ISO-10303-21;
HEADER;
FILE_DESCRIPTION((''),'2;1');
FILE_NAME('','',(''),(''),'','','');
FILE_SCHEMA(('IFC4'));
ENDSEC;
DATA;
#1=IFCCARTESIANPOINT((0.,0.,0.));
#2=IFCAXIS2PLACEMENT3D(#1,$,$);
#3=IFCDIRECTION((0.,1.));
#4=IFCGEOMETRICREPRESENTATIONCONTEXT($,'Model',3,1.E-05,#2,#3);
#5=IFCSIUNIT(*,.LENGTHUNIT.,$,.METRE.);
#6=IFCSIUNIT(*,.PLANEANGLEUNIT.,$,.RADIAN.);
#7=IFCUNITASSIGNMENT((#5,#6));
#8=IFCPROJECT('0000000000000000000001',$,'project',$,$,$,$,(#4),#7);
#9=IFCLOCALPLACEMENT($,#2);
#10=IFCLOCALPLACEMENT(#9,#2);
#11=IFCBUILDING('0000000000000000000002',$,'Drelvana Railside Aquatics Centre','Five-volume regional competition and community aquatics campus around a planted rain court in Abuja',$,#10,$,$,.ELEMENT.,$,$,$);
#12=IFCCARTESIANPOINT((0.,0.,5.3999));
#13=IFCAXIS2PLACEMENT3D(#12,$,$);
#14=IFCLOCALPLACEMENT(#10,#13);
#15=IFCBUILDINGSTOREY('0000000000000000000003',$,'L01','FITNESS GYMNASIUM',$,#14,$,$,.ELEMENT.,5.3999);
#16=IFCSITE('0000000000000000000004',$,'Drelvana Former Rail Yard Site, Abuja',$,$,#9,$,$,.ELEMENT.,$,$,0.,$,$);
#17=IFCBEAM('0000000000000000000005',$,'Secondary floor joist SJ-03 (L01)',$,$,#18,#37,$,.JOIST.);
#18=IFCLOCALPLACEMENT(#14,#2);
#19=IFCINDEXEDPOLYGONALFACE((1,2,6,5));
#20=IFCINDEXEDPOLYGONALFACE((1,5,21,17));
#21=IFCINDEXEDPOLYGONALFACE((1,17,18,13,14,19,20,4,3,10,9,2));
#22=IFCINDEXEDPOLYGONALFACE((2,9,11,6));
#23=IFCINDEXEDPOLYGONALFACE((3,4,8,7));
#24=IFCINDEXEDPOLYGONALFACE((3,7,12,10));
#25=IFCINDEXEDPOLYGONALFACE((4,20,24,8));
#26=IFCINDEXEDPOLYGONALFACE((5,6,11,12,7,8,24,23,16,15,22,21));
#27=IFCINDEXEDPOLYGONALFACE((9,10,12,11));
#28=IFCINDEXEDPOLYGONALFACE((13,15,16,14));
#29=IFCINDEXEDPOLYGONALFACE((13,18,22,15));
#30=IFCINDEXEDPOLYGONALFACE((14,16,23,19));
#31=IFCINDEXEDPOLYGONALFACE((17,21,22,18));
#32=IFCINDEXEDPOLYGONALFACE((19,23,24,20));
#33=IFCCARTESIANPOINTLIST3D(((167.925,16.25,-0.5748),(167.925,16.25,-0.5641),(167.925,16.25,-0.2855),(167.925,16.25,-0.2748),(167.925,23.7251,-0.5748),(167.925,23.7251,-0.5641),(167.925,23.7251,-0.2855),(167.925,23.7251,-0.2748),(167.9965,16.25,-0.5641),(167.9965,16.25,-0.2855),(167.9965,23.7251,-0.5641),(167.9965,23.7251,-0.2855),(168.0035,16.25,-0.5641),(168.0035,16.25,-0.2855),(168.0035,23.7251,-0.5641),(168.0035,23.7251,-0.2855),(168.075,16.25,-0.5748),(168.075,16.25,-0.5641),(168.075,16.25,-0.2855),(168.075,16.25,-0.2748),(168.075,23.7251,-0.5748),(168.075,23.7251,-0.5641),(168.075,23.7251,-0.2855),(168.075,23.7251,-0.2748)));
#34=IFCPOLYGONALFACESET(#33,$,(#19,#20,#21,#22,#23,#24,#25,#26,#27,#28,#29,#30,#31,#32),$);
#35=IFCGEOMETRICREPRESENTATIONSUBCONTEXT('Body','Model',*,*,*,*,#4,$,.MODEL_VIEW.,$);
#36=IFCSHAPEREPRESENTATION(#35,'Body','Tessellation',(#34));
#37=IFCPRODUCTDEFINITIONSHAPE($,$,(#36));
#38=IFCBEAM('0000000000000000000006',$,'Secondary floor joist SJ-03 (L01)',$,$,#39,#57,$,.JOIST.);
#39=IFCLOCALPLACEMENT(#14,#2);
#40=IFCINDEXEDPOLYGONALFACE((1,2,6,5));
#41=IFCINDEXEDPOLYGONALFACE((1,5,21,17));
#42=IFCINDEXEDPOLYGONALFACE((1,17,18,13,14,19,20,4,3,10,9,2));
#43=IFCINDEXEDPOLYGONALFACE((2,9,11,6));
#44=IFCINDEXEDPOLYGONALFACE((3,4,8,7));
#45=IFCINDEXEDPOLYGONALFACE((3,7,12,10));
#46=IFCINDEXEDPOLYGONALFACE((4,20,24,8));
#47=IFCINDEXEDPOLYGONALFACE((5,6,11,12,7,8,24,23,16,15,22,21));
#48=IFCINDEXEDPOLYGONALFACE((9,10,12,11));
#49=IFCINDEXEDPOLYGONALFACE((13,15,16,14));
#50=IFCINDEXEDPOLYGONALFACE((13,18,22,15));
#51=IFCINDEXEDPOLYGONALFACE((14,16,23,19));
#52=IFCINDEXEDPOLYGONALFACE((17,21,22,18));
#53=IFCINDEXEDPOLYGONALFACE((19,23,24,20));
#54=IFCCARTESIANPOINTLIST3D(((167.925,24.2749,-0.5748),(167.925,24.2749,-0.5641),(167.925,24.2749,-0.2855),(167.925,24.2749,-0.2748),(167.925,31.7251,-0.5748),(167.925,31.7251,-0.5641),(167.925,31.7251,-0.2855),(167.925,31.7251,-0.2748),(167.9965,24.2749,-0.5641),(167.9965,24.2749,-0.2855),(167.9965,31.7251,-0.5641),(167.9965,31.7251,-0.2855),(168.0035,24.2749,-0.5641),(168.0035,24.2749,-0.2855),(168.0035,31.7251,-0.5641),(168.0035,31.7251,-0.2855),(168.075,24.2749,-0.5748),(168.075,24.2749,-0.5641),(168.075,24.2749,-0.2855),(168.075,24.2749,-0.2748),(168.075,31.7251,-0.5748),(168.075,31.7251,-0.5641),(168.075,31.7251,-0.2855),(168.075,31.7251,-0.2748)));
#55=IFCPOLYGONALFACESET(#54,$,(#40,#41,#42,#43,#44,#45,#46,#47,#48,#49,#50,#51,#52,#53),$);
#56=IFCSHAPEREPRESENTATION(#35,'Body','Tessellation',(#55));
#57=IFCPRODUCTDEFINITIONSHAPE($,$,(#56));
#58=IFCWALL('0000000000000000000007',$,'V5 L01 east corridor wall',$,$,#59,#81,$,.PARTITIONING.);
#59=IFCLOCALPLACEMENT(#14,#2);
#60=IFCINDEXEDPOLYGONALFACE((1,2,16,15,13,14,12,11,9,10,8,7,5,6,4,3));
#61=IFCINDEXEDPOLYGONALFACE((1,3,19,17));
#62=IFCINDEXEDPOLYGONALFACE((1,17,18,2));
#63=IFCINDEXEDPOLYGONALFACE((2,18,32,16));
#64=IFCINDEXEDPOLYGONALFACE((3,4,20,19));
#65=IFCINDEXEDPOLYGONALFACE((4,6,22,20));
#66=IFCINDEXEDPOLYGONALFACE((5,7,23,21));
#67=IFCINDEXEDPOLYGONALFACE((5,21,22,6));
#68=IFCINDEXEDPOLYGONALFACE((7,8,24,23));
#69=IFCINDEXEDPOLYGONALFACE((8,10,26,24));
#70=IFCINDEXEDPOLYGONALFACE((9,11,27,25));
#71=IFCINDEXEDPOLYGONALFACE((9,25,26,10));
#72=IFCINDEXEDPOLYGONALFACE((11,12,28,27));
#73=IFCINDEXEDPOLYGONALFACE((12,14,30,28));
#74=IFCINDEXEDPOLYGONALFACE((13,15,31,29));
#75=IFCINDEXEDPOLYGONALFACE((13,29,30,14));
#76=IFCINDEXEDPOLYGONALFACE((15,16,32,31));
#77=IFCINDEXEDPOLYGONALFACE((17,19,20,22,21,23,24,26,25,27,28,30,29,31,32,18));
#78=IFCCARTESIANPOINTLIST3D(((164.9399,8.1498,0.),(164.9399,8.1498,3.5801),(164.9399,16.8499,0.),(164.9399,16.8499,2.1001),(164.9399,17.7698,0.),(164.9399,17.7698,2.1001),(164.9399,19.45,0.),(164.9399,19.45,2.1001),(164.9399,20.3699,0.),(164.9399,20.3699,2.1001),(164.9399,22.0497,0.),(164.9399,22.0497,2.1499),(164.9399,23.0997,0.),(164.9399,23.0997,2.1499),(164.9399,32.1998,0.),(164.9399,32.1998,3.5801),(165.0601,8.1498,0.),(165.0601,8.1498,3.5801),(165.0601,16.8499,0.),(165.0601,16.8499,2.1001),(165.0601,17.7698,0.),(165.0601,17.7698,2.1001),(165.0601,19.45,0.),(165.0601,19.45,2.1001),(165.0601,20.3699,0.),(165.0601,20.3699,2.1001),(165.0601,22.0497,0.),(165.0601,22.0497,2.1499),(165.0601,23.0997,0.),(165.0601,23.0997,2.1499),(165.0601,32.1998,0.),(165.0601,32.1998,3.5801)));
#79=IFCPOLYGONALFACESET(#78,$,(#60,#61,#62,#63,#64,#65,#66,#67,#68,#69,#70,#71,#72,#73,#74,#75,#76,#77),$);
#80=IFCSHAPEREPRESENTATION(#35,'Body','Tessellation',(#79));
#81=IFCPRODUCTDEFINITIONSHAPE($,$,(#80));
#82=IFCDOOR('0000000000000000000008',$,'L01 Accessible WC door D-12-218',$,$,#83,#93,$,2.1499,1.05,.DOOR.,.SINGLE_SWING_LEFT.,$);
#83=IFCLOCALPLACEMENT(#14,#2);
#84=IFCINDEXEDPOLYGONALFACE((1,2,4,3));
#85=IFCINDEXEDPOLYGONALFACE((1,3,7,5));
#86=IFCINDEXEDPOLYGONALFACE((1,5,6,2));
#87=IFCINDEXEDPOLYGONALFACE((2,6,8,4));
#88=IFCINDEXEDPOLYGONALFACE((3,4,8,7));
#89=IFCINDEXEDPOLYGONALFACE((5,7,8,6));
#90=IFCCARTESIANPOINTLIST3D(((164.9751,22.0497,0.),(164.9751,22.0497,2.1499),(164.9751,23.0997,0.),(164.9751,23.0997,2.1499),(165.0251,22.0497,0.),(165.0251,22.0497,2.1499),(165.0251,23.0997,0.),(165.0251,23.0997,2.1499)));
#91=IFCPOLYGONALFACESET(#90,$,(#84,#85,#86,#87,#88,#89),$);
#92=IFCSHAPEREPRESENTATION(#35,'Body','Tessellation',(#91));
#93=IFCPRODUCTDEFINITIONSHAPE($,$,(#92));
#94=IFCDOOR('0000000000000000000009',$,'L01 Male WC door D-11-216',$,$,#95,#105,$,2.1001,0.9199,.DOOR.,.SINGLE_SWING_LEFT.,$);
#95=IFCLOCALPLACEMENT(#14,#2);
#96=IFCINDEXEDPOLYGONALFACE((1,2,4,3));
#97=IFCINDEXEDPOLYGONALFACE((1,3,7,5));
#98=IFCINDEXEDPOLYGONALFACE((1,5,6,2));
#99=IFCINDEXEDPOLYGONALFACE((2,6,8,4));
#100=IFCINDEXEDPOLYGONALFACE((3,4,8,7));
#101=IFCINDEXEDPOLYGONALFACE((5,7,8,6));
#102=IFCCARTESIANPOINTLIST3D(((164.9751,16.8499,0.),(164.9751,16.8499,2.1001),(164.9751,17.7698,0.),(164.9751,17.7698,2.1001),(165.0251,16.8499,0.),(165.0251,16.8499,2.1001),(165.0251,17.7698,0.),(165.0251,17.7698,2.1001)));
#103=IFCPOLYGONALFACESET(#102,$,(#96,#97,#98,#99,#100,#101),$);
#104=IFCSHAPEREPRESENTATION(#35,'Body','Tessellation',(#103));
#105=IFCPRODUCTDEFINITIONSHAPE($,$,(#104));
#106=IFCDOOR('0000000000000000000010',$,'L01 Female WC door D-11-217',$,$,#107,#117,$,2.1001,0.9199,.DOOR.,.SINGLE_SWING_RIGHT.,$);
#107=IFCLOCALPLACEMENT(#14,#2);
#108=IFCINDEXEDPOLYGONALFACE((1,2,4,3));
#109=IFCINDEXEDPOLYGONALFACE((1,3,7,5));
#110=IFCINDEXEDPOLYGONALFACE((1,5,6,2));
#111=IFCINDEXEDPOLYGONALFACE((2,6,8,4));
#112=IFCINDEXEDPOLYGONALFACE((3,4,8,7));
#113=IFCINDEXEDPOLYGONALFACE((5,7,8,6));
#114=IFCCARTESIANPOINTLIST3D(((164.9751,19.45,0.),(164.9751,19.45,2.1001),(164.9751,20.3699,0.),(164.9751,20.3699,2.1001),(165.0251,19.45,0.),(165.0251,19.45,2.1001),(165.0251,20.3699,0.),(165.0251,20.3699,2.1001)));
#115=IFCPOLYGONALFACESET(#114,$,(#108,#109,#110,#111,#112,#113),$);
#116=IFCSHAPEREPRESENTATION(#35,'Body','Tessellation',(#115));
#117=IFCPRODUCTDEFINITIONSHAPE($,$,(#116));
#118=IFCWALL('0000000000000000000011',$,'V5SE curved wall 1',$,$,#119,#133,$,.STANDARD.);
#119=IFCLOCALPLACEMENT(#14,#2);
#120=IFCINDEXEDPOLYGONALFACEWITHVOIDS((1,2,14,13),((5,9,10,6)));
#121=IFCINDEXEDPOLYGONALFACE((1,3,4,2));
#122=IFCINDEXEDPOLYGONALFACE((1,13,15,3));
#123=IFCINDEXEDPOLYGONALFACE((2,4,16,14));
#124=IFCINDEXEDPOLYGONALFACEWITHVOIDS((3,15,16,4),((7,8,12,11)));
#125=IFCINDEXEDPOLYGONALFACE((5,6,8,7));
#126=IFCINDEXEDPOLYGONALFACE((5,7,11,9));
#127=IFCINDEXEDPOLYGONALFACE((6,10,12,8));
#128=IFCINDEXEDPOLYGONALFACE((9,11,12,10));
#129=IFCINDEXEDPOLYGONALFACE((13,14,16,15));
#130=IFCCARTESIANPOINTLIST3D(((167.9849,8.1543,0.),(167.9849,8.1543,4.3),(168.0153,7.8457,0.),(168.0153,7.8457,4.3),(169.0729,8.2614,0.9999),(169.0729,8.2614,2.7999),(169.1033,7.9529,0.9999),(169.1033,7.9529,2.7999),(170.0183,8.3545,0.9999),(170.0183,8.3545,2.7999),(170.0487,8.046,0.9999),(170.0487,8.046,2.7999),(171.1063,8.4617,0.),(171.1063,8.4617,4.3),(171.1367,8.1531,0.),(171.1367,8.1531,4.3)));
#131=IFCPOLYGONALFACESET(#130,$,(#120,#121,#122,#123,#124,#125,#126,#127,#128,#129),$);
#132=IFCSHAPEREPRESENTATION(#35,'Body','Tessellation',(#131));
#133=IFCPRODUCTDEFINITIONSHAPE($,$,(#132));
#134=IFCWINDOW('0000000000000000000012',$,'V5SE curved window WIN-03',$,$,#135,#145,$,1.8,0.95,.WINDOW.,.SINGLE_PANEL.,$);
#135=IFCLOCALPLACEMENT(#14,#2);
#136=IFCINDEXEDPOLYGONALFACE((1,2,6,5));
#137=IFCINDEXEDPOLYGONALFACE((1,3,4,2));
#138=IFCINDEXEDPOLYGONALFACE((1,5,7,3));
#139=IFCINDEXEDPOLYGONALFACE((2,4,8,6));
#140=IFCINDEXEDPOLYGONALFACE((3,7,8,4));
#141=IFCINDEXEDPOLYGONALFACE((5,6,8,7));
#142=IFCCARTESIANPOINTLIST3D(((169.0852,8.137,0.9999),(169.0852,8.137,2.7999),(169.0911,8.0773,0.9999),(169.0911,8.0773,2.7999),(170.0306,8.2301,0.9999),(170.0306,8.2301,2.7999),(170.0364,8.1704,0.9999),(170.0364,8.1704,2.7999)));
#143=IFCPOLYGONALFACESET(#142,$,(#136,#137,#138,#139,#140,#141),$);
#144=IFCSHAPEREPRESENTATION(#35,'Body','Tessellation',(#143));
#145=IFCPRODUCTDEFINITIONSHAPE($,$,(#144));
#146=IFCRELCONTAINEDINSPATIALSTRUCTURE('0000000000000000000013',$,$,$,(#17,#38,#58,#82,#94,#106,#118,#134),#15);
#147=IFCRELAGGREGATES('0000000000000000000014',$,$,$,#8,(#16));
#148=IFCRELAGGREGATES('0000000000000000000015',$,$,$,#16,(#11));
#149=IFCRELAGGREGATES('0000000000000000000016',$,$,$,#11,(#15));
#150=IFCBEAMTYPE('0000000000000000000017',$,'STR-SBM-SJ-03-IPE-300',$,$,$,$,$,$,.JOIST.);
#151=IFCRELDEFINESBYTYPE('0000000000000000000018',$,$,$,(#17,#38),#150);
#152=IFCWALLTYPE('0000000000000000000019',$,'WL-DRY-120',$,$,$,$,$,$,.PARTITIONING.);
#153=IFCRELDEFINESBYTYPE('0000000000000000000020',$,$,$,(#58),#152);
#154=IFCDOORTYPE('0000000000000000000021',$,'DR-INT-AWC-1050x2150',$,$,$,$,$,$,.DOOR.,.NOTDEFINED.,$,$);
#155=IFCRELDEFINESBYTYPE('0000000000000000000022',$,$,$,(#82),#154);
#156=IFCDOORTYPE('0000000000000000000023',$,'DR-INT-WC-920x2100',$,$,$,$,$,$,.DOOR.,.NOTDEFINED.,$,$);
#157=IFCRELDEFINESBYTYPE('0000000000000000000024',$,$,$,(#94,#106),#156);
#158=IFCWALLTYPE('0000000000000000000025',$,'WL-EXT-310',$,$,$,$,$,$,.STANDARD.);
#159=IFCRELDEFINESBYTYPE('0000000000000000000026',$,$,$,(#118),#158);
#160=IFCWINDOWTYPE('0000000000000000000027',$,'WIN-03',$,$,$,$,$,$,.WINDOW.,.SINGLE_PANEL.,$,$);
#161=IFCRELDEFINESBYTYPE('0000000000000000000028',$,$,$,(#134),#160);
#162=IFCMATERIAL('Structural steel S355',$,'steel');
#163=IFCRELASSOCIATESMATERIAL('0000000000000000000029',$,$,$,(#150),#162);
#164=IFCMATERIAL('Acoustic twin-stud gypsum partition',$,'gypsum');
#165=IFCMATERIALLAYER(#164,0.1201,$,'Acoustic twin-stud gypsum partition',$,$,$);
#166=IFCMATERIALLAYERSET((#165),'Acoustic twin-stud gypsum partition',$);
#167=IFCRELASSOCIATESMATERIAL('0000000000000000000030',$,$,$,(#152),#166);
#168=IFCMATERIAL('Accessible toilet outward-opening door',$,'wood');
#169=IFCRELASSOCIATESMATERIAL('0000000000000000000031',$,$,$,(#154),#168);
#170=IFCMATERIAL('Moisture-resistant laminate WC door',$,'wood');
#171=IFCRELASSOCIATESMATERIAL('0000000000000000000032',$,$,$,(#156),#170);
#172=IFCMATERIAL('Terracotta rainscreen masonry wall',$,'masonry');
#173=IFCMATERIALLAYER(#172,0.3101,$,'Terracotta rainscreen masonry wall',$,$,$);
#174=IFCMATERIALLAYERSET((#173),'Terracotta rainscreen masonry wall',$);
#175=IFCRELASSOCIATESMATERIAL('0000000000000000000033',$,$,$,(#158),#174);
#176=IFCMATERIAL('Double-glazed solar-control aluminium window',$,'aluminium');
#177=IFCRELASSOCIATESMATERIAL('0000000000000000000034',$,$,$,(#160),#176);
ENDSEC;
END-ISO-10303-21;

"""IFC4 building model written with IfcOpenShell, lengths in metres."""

from ifc_helpers import new_model, si_unit, direction, frame, frame_2d, origin, origin_2d, place, context, subcontext, project, spatial, rectangle, i_section, extrude, material, layer, layer_set, material_profile, profile_set, type_object, element, fill, save


model = new_model("IFC4")

# Units and contexts
model_context = context("Model", 3, precision=1e-05, world=origin(), true_north=direction((0.0, 1.0)))
body_context = subcontext(model_context, "Body", "Model", "MODEL_VIEW")
ifc_project = project(units=[si_unit("LENGTHUNIT", "METRE"), si_unit("PLANEANGLEUNIT", "RADIAN")], contexts=[model_context])

# Site, building, storey
site_placement = place(None, origin())
site = spatial("IfcSite", under=ifc_project, at=site_placement, Name="Drelvana Former Rail Yard Site, Abuja", CompositionType="ELEMENT", RefElevation=0.0)
building_placement = place(site_placement, origin())
building = spatial("IfcBuilding", under=site, at=building_placement, Name="Drelvana Railside Aquatics Centre", Description="Five-volume regional competition and community aquatics campus around a planted rain court in Abuja", CompositionType="ELEMENT")
storey_placement = place(building_placement, frame((0.0, 0.0, 5.3999)))
storey = spatial("IfcBuildingStorey", under=building, at=storey_placement, Name="L01", Description="FITNESS GYMNASIUM", CompositionType="ELEMENT", Elevation=5.3999)

# Beams
ifc_material_1 = material(Name="Structural steel S355", Category="steel")
ifc_material_profile = material_profile(ifc_material_1, i_section(OverallWidth=0.1499, OverallDepth=0.3, WebThickness=0.0071, FlangeThickness=0.0107, at=origin_2d()), Name="IPE 300")
ifc_profile_set = profile_set([ifc_material_profile], Name="Structural steel S355")
beam_type = type_object("IfcBeamType", Name="STR-SBM-SJ-03-IPE-300", PredefinedType="JOIST", material=ifc_profile_set)
beam_1_placement = place(storey_placement, frame((168.0, 16.25, -0.4248), z_axis=(0.0, 1.0, 0.0), x_axis=(-1.0, 0.0, 0.0)))
element("IfcBeam", 1, at=beam_1_placement, inside=storey, type_object=beam_type, Name="Secondary floor joist SJ-03 (L01)", PredefinedType="JOIST", context=body_context, shape_type="SweptSolid", body=[
    extrude(i_section(OverallWidth=0.1499, OverallDepth=0.3, WebThickness=0.0071, FlangeThickness=0.0107, at=origin_2d()), origin(), (0.0, 0.0, 1.0), 7.4751),
])
beam_2_placement = place(storey_placement, frame((168.0, 24.2749, -0.4248), z_axis=(0.0, 1.0, 0.0), x_axis=(-1.0, 0.0, 0.0)))
element("IfcBeam", 2, at=beam_2_placement, inside=storey, type_object=beam_type, Name="Secondary floor joist SJ-03 (L01)", PredefinedType="JOIST", context=body_context, shape_type="SweptSolid", body=[
    extrude(i_section(OverallWidth=0.1499, OverallDepth=0.3, WebThickness=0.0071, FlangeThickness=0.0107, at=origin_2d()), origin(), (0.0, 0.0, 1.0), 7.4502),
])

# Wall, openings, doors
ifc_material_2 = material(Name="Acoustic twin-stud gypsum partition", Category="gypsum")
ifc_layer_1 = layer(ifc_material_2, 0.1201, Name="Acoustic twin-stud gypsum partition")
ifc_layer_set_1 = layer_set([ifc_layer_1], Name="Acoustic twin-stud gypsum partition")
wall_type_1 = type_object("IfcWallType", Name="WL-DRY-120", PredefinedType="PARTITIONING", material=ifc_layer_set_1)
wall_1_placement = place(storey_placement, frame((165.0, 8.1499, 0.0), z_axis=(0.0, 0.0, 1.0), x_axis=(0.0, 1.0, 0.0)))
wall_1 = element("IfcWall", 3, at=wall_1_placement, inside=storey, type_object=wall_type_1, Name="V5 L01 east corridor wall", PredefinedType="PARTITIONING", context=body_context, shape_type="SweptSolid", body=[
    extrude(rectangle(XDim=24.05, YDim=0.1201, at=frame_2d((12.0249, 0.0))), origin(), (0.0, 0.0, 1.0), 3.5801),
])
opening_1_placement = place(wall_1_placement, frame((8.7, 0.0, 0.0)))
opening_1 = element("IfcOpeningElement", 4, at=opening_1_placement, cuts=wall_1, PredefinedType="OPENING", context=body_context, shape_type="SweptSolid", body=[
    extrude(rectangle(XDim=0.9199, YDim=2.1001, at=frame_2d((0.46, 1.05))), frame((0.0, 0.0701, 0.0), z_axis=(0.0, -1.0, 0.0), x_axis=(1.0, 0.0, 0.0)), (0.0, 0.0, 1.0), 0.1401),
])
opening_2_placement = place(wall_1_placement, frame((11.3, 0.0, 0.0)))
opening_2 = element("IfcOpeningElement", 5, at=opening_2_placement, cuts=wall_1, PredefinedType="OPENING", context=body_context, shape_type="SweptSolid", body=[
    extrude(rectangle(XDim=0.9199, YDim=2.1001, at=frame_2d((0.46, 1.05))), frame((0.0, 0.0701, 0.0), z_axis=(0.0, -1.0, 0.0), x_axis=(1.0, 0.0, 0.0)), (0.0, 0.0, 1.0), 0.1401),
])
opening_3_placement = place(wall_1_placement, frame((13.8999, 0.0, 0.0)))
opening_3 = element("IfcOpeningElement", 6, at=opening_3_placement, cuts=wall_1, PredefinedType="OPENING", context=body_context, shape_type="SweptSolid", body=[
    extrude(rectangle(XDim=1.05, YDim=2.1499, at=frame_2d((0.5249, 1.075))), frame((0.0, 0.0701, 0.0), z_axis=(0.0, -1.0, 0.0), x_axis=(1.0, 0.0, 0.0)), (0.0, 0.0, 1.0), 0.1401),
])
ifc_material_3 = material(Name="Accessible toilet outward-opening door", Category="wood")
door_type_1 = type_object("IfcDoorType", Name="DR-INT-AWC-1050x2150", OperationType="NOTDEFINED", PredefinedType="DOOR", material=ifc_material_3)
door_1_placement = place(opening_3_placement, origin())
door_1 = element("IfcDoor", 7, at=door_1_placement, inside=storey, type_object=door_type_1, Name="L01 Accessible WC door D-12-218", OperationType="SINGLE_SWING_LEFT", OverallHeight=2.1499, OverallWidth=1.05, PredefinedType="DOOR", context=body_context, shape_type="SweptSolid", body=[
    extrude(rectangle(XDim=1.05, YDim=2.1499, at=frame_2d((0.5249, 1.075))), frame((0.0, 0.0249, 0.0), z_axis=(0.0, -1.0, 0.0), x_axis=(1.0, 0.0, 0.0)), (0.0, 0.0, 1.0), 0.05),
])
fill(opening_3, door_1)
ifc_material_4 = material(Name="Moisture-resistant laminate WC door", Category="wood")
door_type_2 = type_object("IfcDoorType", Name="DR-INT-WC-920x2100", OperationType="NOTDEFINED", PredefinedType="DOOR", material=ifc_material_4)
door_2_placement = place(opening_1_placement, origin())
door_2 = element("IfcDoor", 8, at=door_2_placement, inside=storey, type_object=door_type_2, Name="L01 Male WC door D-11-216", OperationType="SINGLE_SWING_LEFT", OverallHeight=2.1001, OverallWidth=0.9199, PredefinedType="DOOR", context=body_context, shape_type="SweptSolid", body=[
    extrude(rectangle(XDim=0.9199, YDim=2.1001, at=frame_2d((0.46, 1.05))), frame((0.0, 0.0249, 0.0), z_axis=(0.0, -1.0, 0.0), x_axis=(1.0, 0.0, 0.0)), (0.0, 0.0, 1.0), 0.05),
])
fill(opening_1, door_2)
door_3_placement = place(opening_2_placement, origin())
door_3 = element("IfcDoor", 9, at=door_3_placement, inside=storey, type_object=door_type_2, Name="L01 Female WC door D-11-217", OperationType="SINGLE_SWING_RIGHT", OverallHeight=2.1001, OverallWidth=0.9199, PredefinedType="DOOR", context=body_context, shape_type="SweptSolid", body=[
    extrude(rectangle(XDim=0.9199, YDim=2.1001, at=frame_2d((0.46, 1.05))), frame((0.0, 0.0249, 0.0), z_axis=(0.0, -1.0, 0.0), x_axis=(1.0, 0.0, 0.0)), (0.0, 0.0, 1.0), 0.05),
])
fill(opening_2, door_3)

# Wall, opening, window
ifc_material_5 = material(Name="Terracotta rainscreen masonry wall", Category="masonry")
ifc_layer_2 = layer(ifc_material_5, 0.3101, Name="Terracotta rainscreen masonry wall")
ifc_layer_set_2 = layer_set([ifc_layer_2], Name="Terracotta rainscreen masonry wall")
wall_type_2 = type_object("IfcWallType", Name="WL-EXT-310", PredefinedType="STANDARD", material=ifc_layer_set_2)
wall_2_placement = place(storey_placement, frame((168.0, 8.0, 0.0), z_axis=(0.0, 0.0, 1.0), x_axis=(0.995186, 0.098001, 0.0)))
wall_2 = element("IfcWall", 10, at=wall_2_placement, inside=storey, type_object=wall_type_2, Name="V5SE curved wall 1", PredefinedType="STANDARD", context=body_context, shape_type="SweptSolid", body=[
    extrude(rectangle(XDim=3.1365, YDim=0.3101, at=frame_2d((1.5684, 0.0))), origin(), (0.0, 0.0, 1.0), 4.3),
])
opening_4_placement = place(wall_2_placement, frame((1.0933, 0.0, 1.0)))
opening_4 = element("IfcOpeningElement", 11, at=opening_4_placement, cuts=wall_2, PredefinedType="OPENING", context=body_context, shape_type="SweptSolid", body=[
    extrude(rectangle(XDim=0.95, YDim=1.8, at=frame_2d((0.4751, 0.8999))), frame((0.0, 0.165, 0.0), z_axis=(0.0, -1.0, 0.0), x_axis=(1.0, 0.0, 0.0)), (0.0, 0.0, 1.0), 0.3301),
])
ifc_material_6 = material(Name="Double-glazed solar-control aluminium window", Category="aluminium")
window_type_1 = type_object("IfcWindowType", Name="WIN-03", PartitioningType="SINGLE_PANEL", PredefinedType="WINDOW", material=ifc_material_6)
window_1_placement = place(opening_4_placement, origin())
window_1 = element("IfcWindow", 12, at=window_1_placement, inside=storey, type_object=window_type_1, Name="V5SE curved window WIN-03", OverallHeight=1.8, OverallWidth=0.95, PartitioningType="SINGLE_PANEL", PredefinedType="WINDOW", context=body_context, shape_type="SweptSolid", body=[
    extrude(rectangle(XDim=0.95, YDim=1.8, at=frame_2d((0.4751, 0.8999))), frame((0.0, 0.03, 0.0), z_axis=(0.0, -1.0, 0.0), x_axis=(1.0, 0.0, 0.0)), (0.0, 0.0, 1.0), 0.0601),
])
fill(opening_4, window_1)

save(model, "model.ifc")
